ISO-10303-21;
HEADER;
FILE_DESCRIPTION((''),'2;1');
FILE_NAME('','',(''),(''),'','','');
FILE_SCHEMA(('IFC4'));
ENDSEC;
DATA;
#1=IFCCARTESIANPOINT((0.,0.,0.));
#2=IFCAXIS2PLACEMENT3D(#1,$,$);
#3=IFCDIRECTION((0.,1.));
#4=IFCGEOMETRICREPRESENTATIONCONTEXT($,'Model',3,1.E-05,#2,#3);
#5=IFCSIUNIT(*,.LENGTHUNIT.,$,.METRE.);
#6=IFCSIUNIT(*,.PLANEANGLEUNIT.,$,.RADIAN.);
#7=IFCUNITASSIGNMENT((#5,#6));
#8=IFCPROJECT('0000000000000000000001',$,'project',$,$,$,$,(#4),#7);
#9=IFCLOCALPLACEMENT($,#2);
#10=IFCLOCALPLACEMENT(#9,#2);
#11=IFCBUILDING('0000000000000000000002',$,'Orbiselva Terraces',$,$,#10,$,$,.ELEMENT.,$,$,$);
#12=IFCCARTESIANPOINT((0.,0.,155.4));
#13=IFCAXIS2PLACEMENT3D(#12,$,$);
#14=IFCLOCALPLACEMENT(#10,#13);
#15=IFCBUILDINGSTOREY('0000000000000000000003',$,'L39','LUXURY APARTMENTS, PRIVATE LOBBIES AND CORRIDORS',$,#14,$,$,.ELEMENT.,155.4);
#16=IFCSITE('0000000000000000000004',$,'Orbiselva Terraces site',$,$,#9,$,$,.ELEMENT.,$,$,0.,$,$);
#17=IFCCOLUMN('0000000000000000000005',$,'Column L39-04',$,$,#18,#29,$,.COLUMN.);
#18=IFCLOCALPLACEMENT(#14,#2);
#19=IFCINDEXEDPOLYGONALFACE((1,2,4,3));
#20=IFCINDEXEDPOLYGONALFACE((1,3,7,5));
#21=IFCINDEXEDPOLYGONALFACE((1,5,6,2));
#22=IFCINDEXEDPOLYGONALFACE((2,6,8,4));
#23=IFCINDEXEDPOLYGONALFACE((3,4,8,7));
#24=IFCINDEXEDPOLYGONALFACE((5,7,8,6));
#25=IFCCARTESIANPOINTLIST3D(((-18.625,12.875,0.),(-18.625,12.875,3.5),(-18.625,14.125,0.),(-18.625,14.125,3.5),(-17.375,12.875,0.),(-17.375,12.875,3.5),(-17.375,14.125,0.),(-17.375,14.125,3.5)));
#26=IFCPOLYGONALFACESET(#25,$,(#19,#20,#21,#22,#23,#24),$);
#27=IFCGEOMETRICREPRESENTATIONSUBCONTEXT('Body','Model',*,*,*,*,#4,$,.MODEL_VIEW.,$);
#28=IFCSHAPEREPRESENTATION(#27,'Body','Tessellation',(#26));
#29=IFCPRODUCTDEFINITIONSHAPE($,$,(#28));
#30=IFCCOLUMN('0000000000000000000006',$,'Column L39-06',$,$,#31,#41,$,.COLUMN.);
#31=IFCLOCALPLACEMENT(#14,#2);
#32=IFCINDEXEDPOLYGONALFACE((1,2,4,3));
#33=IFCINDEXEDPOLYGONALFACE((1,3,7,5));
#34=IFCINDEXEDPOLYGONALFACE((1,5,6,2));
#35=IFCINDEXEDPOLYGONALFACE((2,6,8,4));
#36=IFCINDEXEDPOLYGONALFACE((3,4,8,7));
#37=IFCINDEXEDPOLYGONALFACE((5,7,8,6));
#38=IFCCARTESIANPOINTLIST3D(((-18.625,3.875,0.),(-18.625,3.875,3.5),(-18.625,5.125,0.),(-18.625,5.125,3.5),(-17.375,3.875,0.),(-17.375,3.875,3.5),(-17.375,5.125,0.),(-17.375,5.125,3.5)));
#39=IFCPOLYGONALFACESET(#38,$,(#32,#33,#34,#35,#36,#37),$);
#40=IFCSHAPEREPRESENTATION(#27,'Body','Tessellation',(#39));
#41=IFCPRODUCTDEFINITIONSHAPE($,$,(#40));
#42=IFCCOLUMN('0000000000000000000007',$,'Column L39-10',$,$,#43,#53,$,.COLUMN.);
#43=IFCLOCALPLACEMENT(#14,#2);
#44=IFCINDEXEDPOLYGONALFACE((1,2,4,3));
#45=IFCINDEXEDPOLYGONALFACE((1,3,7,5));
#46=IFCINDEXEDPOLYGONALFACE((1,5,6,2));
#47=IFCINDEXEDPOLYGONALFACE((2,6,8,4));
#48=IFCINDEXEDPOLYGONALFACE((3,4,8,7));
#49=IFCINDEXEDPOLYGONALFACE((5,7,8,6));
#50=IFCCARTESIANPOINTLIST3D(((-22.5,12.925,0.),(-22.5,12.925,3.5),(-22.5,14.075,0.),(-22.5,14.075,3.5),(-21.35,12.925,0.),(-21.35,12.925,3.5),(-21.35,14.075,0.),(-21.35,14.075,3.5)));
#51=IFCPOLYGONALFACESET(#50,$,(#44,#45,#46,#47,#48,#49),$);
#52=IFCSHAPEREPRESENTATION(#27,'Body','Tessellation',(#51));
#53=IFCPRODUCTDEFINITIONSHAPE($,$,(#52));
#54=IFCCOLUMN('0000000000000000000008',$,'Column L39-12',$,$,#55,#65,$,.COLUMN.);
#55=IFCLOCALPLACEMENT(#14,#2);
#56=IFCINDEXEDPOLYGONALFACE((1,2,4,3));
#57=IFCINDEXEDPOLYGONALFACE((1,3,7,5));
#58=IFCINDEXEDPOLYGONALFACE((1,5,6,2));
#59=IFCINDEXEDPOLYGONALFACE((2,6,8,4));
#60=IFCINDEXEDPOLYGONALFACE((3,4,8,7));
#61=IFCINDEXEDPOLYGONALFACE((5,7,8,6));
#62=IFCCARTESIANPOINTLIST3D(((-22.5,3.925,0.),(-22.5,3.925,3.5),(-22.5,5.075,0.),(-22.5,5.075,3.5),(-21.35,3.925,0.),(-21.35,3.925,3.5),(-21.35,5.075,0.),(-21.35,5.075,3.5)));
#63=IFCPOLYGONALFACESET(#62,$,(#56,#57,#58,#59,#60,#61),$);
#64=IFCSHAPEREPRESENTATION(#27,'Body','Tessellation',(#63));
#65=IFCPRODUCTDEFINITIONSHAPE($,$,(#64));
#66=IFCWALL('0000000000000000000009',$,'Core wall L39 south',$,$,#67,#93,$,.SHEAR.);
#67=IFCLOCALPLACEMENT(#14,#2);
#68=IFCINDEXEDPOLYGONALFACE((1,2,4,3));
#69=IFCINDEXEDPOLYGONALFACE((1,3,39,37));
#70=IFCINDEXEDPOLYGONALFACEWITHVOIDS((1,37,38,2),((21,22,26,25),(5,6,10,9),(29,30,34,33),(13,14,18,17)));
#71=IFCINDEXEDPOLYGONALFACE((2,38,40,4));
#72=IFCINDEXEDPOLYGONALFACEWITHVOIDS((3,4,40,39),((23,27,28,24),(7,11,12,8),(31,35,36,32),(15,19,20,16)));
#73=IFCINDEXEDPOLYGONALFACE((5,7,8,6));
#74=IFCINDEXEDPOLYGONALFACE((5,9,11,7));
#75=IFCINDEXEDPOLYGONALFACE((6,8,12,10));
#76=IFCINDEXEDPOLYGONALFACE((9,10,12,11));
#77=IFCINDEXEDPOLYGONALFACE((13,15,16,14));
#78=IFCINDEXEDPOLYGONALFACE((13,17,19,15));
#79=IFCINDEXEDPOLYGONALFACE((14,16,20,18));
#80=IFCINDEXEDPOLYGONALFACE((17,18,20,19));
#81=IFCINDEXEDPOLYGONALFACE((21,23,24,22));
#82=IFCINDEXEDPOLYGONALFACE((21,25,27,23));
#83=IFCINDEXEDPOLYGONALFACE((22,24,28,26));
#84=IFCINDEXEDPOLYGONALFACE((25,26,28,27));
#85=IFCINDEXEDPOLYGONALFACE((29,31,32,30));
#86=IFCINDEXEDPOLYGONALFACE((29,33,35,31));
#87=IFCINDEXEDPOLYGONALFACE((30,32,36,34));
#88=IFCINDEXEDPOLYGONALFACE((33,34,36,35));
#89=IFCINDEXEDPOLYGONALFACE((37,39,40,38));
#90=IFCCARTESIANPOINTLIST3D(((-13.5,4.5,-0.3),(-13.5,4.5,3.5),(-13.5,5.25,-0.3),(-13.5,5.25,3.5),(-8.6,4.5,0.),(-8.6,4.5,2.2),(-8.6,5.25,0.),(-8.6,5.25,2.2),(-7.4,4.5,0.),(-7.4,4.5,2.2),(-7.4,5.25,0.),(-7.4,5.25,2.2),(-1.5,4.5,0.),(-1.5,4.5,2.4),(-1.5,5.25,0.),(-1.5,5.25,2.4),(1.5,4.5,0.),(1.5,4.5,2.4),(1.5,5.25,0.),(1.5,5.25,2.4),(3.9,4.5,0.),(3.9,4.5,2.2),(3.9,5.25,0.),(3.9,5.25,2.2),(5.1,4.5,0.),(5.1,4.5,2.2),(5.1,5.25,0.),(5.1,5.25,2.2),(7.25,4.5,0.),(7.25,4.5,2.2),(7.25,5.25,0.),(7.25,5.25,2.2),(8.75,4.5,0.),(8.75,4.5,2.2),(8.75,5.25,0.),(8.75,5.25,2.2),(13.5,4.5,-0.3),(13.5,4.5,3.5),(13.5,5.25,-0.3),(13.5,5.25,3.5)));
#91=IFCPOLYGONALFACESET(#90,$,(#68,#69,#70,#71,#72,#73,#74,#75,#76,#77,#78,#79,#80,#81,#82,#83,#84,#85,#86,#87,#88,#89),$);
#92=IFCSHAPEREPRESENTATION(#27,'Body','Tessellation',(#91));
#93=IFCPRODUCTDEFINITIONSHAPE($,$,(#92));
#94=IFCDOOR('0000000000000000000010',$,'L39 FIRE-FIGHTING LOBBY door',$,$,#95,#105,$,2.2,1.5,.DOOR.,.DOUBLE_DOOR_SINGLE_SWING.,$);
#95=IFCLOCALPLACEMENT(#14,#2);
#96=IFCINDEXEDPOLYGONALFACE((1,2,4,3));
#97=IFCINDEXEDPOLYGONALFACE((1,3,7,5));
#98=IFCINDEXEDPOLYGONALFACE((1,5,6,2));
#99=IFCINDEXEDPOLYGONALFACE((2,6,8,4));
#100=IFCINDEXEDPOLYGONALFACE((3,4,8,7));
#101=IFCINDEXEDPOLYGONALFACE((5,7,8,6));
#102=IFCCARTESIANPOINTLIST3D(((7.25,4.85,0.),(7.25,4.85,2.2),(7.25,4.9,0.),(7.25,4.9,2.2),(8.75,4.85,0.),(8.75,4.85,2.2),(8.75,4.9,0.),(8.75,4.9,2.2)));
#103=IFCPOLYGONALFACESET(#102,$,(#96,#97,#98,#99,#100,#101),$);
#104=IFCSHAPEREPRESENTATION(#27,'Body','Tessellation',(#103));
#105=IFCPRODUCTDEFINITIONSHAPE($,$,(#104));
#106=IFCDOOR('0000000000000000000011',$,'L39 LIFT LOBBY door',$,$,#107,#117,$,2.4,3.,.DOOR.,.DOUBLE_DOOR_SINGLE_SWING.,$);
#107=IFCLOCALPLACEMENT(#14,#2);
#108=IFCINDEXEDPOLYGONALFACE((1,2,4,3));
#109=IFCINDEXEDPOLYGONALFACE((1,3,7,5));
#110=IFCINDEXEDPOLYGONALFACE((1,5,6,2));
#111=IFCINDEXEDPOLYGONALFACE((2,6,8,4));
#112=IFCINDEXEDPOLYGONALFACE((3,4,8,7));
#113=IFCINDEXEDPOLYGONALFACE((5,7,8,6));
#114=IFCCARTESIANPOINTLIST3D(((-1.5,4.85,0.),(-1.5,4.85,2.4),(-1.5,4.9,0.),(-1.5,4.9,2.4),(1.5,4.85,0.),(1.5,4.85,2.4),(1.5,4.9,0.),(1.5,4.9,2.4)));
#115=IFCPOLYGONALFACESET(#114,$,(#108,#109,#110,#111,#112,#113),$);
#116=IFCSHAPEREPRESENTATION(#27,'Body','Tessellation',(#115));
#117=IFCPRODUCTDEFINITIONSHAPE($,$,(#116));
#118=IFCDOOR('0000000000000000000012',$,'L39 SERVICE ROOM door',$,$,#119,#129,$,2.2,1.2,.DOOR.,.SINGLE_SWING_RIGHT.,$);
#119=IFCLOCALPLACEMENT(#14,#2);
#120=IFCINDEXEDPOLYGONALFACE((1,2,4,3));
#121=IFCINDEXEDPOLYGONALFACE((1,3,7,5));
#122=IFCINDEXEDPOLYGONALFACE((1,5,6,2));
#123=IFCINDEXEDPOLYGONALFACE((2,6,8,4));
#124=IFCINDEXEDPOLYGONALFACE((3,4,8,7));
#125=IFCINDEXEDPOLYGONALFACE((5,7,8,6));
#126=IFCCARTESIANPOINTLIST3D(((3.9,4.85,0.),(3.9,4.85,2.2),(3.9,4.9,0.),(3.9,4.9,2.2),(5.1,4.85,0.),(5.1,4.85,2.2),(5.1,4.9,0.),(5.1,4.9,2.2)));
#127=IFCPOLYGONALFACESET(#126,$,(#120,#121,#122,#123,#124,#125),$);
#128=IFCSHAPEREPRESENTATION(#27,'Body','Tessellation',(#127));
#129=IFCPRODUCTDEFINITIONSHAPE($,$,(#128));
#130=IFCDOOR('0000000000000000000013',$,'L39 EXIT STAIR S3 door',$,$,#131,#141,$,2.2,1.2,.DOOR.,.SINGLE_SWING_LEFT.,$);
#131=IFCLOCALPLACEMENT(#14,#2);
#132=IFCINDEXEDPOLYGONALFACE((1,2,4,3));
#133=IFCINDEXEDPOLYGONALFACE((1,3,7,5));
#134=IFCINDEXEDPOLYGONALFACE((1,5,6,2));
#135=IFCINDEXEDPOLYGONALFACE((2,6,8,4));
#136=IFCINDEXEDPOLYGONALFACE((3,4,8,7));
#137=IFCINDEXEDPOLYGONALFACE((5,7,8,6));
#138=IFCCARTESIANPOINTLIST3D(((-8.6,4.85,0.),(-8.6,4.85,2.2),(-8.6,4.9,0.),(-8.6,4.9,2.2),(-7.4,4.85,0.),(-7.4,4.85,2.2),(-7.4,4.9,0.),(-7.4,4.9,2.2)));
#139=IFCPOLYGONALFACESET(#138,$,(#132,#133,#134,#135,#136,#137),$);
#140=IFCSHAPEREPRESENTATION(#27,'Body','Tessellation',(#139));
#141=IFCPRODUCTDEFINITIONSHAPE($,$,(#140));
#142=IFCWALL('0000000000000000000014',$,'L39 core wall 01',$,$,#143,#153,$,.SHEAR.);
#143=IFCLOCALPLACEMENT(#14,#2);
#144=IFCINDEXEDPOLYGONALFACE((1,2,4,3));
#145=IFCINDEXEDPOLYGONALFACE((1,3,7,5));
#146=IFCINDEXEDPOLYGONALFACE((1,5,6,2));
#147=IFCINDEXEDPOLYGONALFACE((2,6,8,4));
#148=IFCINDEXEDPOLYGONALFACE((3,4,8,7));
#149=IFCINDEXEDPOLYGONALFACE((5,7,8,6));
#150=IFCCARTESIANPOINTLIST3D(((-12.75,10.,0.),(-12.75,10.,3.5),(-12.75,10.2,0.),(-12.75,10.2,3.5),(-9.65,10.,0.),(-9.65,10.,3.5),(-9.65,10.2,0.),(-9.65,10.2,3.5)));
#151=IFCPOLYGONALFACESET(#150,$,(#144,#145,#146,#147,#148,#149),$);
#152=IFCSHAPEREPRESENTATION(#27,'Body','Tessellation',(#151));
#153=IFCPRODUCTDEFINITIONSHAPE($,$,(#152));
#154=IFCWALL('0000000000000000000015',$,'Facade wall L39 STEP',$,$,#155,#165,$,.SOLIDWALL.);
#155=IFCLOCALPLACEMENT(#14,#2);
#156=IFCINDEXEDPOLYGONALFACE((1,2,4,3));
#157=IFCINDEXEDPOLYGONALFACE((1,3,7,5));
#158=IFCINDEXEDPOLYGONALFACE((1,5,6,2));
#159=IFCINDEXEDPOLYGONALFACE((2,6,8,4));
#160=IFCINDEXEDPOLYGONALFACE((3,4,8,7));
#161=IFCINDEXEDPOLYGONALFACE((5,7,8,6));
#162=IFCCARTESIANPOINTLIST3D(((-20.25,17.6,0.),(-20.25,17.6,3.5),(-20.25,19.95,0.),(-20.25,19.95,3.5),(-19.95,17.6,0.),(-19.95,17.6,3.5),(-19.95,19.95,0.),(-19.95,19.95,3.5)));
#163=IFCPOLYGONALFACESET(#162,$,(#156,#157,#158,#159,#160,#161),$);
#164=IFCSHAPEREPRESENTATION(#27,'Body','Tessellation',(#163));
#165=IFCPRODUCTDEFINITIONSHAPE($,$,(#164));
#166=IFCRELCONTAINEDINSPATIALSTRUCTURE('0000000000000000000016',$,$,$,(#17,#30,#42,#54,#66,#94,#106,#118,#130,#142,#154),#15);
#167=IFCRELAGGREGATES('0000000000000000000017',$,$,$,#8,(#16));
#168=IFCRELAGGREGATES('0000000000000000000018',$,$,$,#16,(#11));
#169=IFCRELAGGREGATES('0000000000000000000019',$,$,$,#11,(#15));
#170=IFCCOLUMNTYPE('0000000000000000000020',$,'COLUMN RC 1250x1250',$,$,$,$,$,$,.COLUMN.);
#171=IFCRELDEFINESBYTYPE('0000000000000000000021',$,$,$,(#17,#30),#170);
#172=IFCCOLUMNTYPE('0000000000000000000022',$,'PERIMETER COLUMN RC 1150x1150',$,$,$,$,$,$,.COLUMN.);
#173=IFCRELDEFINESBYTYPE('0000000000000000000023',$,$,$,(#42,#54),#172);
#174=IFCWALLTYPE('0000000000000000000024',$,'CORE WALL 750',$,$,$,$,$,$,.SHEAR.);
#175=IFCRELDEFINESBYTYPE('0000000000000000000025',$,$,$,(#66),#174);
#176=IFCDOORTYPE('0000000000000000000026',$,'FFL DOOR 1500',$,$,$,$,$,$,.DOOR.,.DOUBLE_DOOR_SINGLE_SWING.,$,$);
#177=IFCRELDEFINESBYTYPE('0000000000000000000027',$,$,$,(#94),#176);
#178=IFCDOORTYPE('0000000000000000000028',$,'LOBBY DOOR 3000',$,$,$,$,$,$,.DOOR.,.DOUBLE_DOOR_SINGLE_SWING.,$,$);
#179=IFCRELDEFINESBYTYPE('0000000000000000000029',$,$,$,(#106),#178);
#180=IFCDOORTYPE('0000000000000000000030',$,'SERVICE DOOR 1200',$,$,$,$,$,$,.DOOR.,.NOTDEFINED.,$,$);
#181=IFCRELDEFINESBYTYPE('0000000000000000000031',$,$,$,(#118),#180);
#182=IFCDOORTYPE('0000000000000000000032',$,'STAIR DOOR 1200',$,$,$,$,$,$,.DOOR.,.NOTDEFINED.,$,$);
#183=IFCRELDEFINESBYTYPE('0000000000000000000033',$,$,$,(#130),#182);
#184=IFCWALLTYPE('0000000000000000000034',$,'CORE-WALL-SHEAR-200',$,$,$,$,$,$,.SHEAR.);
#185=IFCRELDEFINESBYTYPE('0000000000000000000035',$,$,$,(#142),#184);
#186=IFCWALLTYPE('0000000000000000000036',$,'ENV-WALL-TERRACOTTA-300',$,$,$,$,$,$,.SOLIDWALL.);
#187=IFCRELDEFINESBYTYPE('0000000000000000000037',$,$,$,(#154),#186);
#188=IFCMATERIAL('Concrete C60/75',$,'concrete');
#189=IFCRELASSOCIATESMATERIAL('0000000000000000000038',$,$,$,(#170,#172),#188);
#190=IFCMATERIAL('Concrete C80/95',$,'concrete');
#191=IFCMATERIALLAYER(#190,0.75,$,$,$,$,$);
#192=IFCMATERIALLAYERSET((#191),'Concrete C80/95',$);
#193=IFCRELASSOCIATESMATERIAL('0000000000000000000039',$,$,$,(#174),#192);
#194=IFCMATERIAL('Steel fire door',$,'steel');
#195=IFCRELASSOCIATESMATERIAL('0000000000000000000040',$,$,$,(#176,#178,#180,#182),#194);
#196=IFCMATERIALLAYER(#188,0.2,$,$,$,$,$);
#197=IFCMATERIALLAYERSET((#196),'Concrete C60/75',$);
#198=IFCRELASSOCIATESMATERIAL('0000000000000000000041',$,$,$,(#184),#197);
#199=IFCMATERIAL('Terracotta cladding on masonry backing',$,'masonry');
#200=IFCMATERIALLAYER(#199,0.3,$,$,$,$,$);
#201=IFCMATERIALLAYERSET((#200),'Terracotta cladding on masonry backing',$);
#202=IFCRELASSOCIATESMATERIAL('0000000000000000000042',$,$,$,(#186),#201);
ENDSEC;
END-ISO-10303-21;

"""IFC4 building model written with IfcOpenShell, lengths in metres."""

from ifc_helpers import new_model, si_unit, direction, frame, frame_2d, origin, origin_2d, place, context, subcontext, project, spatial, rectangle, extrude, material, layer, layer_set, material_profile, profile_set, type_object, element, fill, save


model = new_model("IFC4")

# Units and contexts
model_context = context("Model", 3, precision=1e-05, world=origin(), true_north=direction((0.0, 1.0)))
body_context = subcontext(model_context, "Body", "Model", "MODEL_VIEW")
ifc_project = project(units=[si_unit("LENGTHUNIT", "METRE"), si_unit("PLANEANGLEUNIT", "RADIAN")], contexts=[model_context])

# Site, building, storey
site_placement = place(None, origin())
site = spatial("IfcSite", under=ifc_project, at=site_placement, Name="Orbiselva Terraces site", CompositionType="ELEMENT", RefElevation=0.0)
building_placement = place(site_placement, origin())
building = spatial("IfcBuilding", under=site, at=building_placement, Name="Orbiselva Terraces", CompositionType="ELEMENT")
storey_placement = place(building_placement, frame((0.0, 0.0, 155.4)))
storey = spatial("IfcBuildingStorey", under=building, at=storey_placement, Name="L39", Description="LUXURY APARTMENTS, PRIVATE LOBBIES AND CORRIDORS", CompositionType="ELEMENT", Elevation=155.4)

# Columns
ifc_material_1 = material(Name="Concrete C60/75", Category="concrete")
ifc_material_profile_1 = material_profile(ifc_material_1, rectangle(XDim=1.25, YDim=1.25, at=origin_2d()), Name="RC 1250x1250")
ifc_profile_set_1 = profile_set([ifc_material_profile_1], Name="Concrete C60/75")
column_type_1 = type_object("IfcColumnType", Name="COLUMN RC 1250x1250", PredefinedType="COLUMN", material=ifc_profile_set_1)
for number, where, z_axis, x_axis, name in (
    (1, (-18.0, 13.5, 0.0), (0.0, 0.0, 1.0), (1.0, 0.0, 0.0), "Column L39-04"),
    (2, (-18.0, 4.5, 0.0), (0.0, 0.0, 1.0), (1.0, 0.0, 0.0), "Column L39-06"),
):
    element("IfcColumn", number, at=place(storey_placement, frame(where, z_axis=z_axis, x_axis=x_axis)), inside=storey, type_object=column_type_1, Name=name, PredefinedType="COLUMN", context=body_context, shape_type="SweptSolid", body=[
        extrude(rectangle(XDim=1.25, YDim=1.25, at=origin_2d()), origin(), (0.0, 0.0, 1.0), 3.5),
    ])
ifc_material_profile_2 = material_profile(ifc_material_1, rectangle(XDim=1.15, YDim=1.15, at=origin_2d()), Name="RC 1150x1150")
ifc_profile_set_2 = profile_set([ifc_material_profile_2], Name="Concrete C60/75")
column_type_2 = type_object("IfcColumnType", Name="PERIMETER COLUMN RC 1150x1150", PredefinedType="COLUMN", material=ifc_profile_set_2)
for number, where, z_axis, x_axis, name in (
    (3, (-21.925, 13.5, 0.0), (0.0, 0.0, 1.0), (1.0, 0.0, 0.0), "Column L39-10"),
    (4, (-21.925, 4.5, 0.0), (0.0, 0.0, 1.0), (1.0, 0.0, 0.0), "Column L39-12"),
):
    element("IfcColumn", number, at=place(storey_placement, frame(where, z_axis=z_axis, x_axis=x_axis)), inside=storey, type_object=column_type_2, Name=name, PredefinedType="COLUMN", context=body_context, shape_type="SweptSolid", body=[
        extrude(rectangle(XDim=1.15, YDim=1.15, at=origin_2d()), origin(), (0.0, 0.0, 1.0), 3.5),
    ])

# Wall, openings, doors
ifc_material_2 = material(Name="Concrete C80/95", Category="concrete")
ifc_layer_1 = layer(ifc_material_2, 0.75)
ifc_layer_set_1 = layer_set([ifc_layer_1], Name="Concrete C80/95")
wall_type_1 = type_object("IfcWallType", Name="CORE WALL 750", PredefinedType="SHEAR", material=ifc_layer_set_1)
wall_1_placement = place(storey_placement, frame((-13.5, 4.875, -0.3), z_axis=(0.0, 0.0, 1.0), x_axis=(1.0, 0.0, 0.0)))
wall_1 = element("IfcWall", 5, at=wall_1_placement, inside=storey, type_object=wall_type_1, Name="Core wall L39 south", PredefinedType="SHEAR", context=body_context, shape_type="SweptSolid", body=[
    extrude(rectangle(XDim=27.0, YDim=0.75, at=frame_2d((13.5, 0.0))), origin(), (0.0, 0.0, 1.0), 3.8),
])
opening_1_placement = place(wall_1_placement, frame((12.0, 0.0, 0.3)))
opening_1 = element("IfcOpeningElement", 6, at=opening_1_placement, cuts=wall_1, PredefinedType="OPENING", context=body_context, shape_type="SweptSolid", body=[
    extrude(rectangle(XDim=3.0, YDim=2.4, at=frame_2d((1.5, 1.2))), frame((0.0, 0.385, 0.0), z_axis=(0.0, -1.0, 0.0), x_axis=(1.0, 0.0, 0.0)), (0.0, 0.0, 1.0), 0.77),
])
opening_2_placement = place(wall_1_placement, frame((4.9, 0.0, 0.3)))
opening_2 = element("IfcOpeningElement", 7, at=opening_2_placement, cuts=wall_1, PredefinedType="OPENING", context=body_context, shape_type="SweptSolid", body=[
    extrude(rectangle(XDim=1.2, YDim=2.2, at=frame_2d((0.6, 1.1))), frame((0.0, 0.385, 0.0), z_axis=(0.0, -1.0, 0.0), x_axis=(1.0, 0.0, 0.0)), (0.0, 0.0, 1.0), 0.77),
])
opening_3_placement = place(wall_1_placement, frame((20.75, 0.0, 0.3)))
opening_3 = element("IfcOpeningElement", 8, at=opening_3_placement, cuts=wall_1, PredefinedType="OPENING", context=body_context, shape_type="SweptSolid", body=[
    extrude(rectangle(XDim=1.5, YDim=2.2, at=frame_2d((0.75, 1.1))), frame((0.0, 0.385, 0.0), z_axis=(0.0, -1.0, 0.0), x_axis=(1.0, 0.0, 0.0)), (0.0, 0.0, 1.0), 0.77),
])
opening_4_placement = place(wall_1_placement, frame((17.4, 0.0, 0.3)))
opening_4 = element("IfcOpeningElement", 9, at=opening_4_placement, cuts=wall_1, PredefinedType="OPENING", context=body_context, shape_type="SweptSolid", body=[
    extrude(rectangle(XDim=1.2, YDim=2.2, at=frame_2d((0.6, 1.1))), frame((0.0, 0.385, 0.0), z_axis=(0.0, -1.0, 0.0), x_axis=(1.0, 0.0, 0.0)), (0.0, 0.0, 1.0), 0.77),
])
ifc_material_3 = material(Name="Steel fire door", Category="steel")
door_type_1 = type_object("IfcDoorType", Name="FFL DOOR 1500", OperationType="DOUBLE_DOOR_SINGLE_SWING", PredefinedType="DOOR", material=ifc_material_3)
door_1_placement = place(opening_3_placement, frame((1.5, 0.0, 0.0), z_axis=(0.0, 0.0, 1.0), x_axis=(-1.0, 0.0, 0.0)))
door_1 = element("IfcDoor", 10, at=door_1_placement, inside=storey, type_object=door_type_1, Name="L39 FIRE-FIGHTING LOBBY door", OperationType="DOUBLE_DOOR_SINGLE_SWING", OverallHeight=2.2, OverallWidth=1.5, PredefinedType="DOOR", context=body_context, shape_type="SweptSolid", body=[
    extrude(rectangle(XDim=1.5, YDim=2.2, at=frame_2d((0.75, 1.1))), frame((0.0, 0.025, 0.0), z_axis=(0.0, -1.0, 0.0), x_axis=(1.0, 0.0, 0.0)), (0.0, 0.0, 1.0), 0.05),
])
fill(opening_3, door_1)
door_type_2 = type_object("IfcDoorType", Name="LOBBY DOOR 3000", OperationType="DOUBLE_DOOR_SINGLE_SWING", PredefinedType="DOOR", material=ifc_material_3)
door_2_placement = place(opening_1_placement, frame((3.0, 0.0, 0.0), z_axis=(0.0, 0.0, 1.0), x_axis=(-1.0, 0.0, 0.0)))
door_2 = element("IfcDoor", 11, at=door_2_placement, inside=storey, type_object=door_type_2, Name="L39 LIFT LOBBY door", OperationType="DOUBLE_DOOR_SINGLE_SWING", OverallHeight=2.4, OverallWidth=3.0, PredefinedType="DOOR", context=body_context, shape_type="SweptSolid", body=[
    extrude(rectangle(XDim=3.0, YDim=2.4, at=frame_2d((1.5, 1.2))), frame((0.0, 0.025, 0.0), z_axis=(0.0, -1.0, 0.0), x_axis=(1.0, 0.0, 0.0)), (0.0, 0.0, 1.0), 0.05),
])
fill(opening_1, door_2)
door_type_3 = type_object("IfcDoorType", Name="SERVICE DOOR 1200", OperationType="NOTDEFINED", PredefinedType="DOOR", material=ifc_material_3)
door_3_placement = place(opening_4_placement, frame((1.2, 0.0, 0.0), z_axis=(0.0, 0.0, 1.0), x_axis=(-1.0, 0.0, 0.0)))
door_3 = element("IfcDoor", 12, at=door_3_placement, inside=storey, type_object=door_type_3, Name="L39 SERVICE ROOM door", OperationType="SINGLE_SWING_RIGHT", OverallHeight=2.2, OverallWidth=1.2, PredefinedType="DOOR", context=body_context, shape_type="SweptSolid", body=[
    extrude(rectangle(XDim=1.2, YDim=2.2, at=frame_2d((0.6, 1.1))), frame((0.0, 0.025, 0.0), z_axis=(0.0, -1.0, 0.0), x_axis=(1.0, 0.0, 0.0)), (0.0, 0.0, 1.0), 0.05),
])
fill(opening_4, door_3)
door_type_4 = type_object("IfcDoorType", Name="STAIR DOOR 1200", OperationType="NOTDEFINED", PredefinedType="DOOR", material=ifc_material_3)
door_4_placement = place(opening_2_placement, frame((1.2, 0.0, 0.0), z_axis=(0.0, 0.0, 1.0), x_axis=(-1.0, 0.0, 0.0)))
door_4 = element("IfcDoor", 13, at=door_4_placement, inside=storey, type_object=door_type_4, Name="L39 EXIT STAIR S3 door", OperationType="SINGLE_SWING_LEFT", OverallHeight=2.2, OverallWidth=1.2, PredefinedType="DOOR", context=body_context, shape_type="SweptSolid", body=[
    extrude(rectangle(XDim=1.2, YDim=2.2, at=frame_2d((0.6, 1.1))), frame((0.0, 0.025, 0.0), z_axis=(0.0, -1.0, 0.0), x_axis=(1.0, 0.0, 0.0)), (0.0, 0.0, 1.0), 0.05),
])
fill(opening_2, door_4)

# Walls
ifc_layer_2 = layer(ifc_material_1, 0.2)
ifc_layer_set_2 = layer_set([ifc_layer_2], Name="Concrete C60/75")
wall_type_2 = type_object("IfcWallType", Name="CORE-WALL-SHEAR-200", PredefinedType="SHEAR", material=ifc_layer_set_2)
wall_2_placement = place(storey_placement, frame((-12.75, 10.1, 0.0), z_axis=(0.0, 0.0, 1.0), x_axis=(1.0, 0.0, 0.0)))
element("IfcWall", 14, at=wall_2_placement, inside=storey, type_object=wall_type_2, Name="L39 core wall 01", PredefinedType="SHEAR", context=body_context, shape_type="SweptSolid", body=[
    extrude(rectangle(XDim=3.1, YDim=0.2, at=frame_2d((1.55, 0.0))), origin(), (0.0, 0.0, 1.0), 3.5),
])
ifc_material_4 = material(Name="Terracotta cladding on masonry backing", Category="masonry")
ifc_layer_3 = layer(ifc_material_4, 0.3)
ifc_layer_set_3 = layer_set([ifc_layer_3], Name="Terracotta cladding on masonry backing")
wall_type_3 = type_object("IfcWallType", Name="ENV-WALL-TERRACOTTA-300", PredefinedType="SOLIDWALL", material=ifc_layer_set_3)
wall_3_placement = place(storey_placement, frame((-20.1, 17.6, 0.0), z_axis=(0.0, 0.0, 1.0), x_axis=(0.0, 1.0, 0.0)))
element("IfcWall", 15, at=wall_3_placement, inside=storey, type_object=wall_type_3, Name="Facade wall L39 STEP", PredefinedType="SOLIDWALL", context=body_context, shape_type="SweptSolid", body=[
    extrude(rectangle(XDim=2.35, YDim=0.3, at=frame_2d((1.175, 0.0))), origin(), (0.0, 0.0, 1.0), 3.5),
])

save(model, "model.ifc")
